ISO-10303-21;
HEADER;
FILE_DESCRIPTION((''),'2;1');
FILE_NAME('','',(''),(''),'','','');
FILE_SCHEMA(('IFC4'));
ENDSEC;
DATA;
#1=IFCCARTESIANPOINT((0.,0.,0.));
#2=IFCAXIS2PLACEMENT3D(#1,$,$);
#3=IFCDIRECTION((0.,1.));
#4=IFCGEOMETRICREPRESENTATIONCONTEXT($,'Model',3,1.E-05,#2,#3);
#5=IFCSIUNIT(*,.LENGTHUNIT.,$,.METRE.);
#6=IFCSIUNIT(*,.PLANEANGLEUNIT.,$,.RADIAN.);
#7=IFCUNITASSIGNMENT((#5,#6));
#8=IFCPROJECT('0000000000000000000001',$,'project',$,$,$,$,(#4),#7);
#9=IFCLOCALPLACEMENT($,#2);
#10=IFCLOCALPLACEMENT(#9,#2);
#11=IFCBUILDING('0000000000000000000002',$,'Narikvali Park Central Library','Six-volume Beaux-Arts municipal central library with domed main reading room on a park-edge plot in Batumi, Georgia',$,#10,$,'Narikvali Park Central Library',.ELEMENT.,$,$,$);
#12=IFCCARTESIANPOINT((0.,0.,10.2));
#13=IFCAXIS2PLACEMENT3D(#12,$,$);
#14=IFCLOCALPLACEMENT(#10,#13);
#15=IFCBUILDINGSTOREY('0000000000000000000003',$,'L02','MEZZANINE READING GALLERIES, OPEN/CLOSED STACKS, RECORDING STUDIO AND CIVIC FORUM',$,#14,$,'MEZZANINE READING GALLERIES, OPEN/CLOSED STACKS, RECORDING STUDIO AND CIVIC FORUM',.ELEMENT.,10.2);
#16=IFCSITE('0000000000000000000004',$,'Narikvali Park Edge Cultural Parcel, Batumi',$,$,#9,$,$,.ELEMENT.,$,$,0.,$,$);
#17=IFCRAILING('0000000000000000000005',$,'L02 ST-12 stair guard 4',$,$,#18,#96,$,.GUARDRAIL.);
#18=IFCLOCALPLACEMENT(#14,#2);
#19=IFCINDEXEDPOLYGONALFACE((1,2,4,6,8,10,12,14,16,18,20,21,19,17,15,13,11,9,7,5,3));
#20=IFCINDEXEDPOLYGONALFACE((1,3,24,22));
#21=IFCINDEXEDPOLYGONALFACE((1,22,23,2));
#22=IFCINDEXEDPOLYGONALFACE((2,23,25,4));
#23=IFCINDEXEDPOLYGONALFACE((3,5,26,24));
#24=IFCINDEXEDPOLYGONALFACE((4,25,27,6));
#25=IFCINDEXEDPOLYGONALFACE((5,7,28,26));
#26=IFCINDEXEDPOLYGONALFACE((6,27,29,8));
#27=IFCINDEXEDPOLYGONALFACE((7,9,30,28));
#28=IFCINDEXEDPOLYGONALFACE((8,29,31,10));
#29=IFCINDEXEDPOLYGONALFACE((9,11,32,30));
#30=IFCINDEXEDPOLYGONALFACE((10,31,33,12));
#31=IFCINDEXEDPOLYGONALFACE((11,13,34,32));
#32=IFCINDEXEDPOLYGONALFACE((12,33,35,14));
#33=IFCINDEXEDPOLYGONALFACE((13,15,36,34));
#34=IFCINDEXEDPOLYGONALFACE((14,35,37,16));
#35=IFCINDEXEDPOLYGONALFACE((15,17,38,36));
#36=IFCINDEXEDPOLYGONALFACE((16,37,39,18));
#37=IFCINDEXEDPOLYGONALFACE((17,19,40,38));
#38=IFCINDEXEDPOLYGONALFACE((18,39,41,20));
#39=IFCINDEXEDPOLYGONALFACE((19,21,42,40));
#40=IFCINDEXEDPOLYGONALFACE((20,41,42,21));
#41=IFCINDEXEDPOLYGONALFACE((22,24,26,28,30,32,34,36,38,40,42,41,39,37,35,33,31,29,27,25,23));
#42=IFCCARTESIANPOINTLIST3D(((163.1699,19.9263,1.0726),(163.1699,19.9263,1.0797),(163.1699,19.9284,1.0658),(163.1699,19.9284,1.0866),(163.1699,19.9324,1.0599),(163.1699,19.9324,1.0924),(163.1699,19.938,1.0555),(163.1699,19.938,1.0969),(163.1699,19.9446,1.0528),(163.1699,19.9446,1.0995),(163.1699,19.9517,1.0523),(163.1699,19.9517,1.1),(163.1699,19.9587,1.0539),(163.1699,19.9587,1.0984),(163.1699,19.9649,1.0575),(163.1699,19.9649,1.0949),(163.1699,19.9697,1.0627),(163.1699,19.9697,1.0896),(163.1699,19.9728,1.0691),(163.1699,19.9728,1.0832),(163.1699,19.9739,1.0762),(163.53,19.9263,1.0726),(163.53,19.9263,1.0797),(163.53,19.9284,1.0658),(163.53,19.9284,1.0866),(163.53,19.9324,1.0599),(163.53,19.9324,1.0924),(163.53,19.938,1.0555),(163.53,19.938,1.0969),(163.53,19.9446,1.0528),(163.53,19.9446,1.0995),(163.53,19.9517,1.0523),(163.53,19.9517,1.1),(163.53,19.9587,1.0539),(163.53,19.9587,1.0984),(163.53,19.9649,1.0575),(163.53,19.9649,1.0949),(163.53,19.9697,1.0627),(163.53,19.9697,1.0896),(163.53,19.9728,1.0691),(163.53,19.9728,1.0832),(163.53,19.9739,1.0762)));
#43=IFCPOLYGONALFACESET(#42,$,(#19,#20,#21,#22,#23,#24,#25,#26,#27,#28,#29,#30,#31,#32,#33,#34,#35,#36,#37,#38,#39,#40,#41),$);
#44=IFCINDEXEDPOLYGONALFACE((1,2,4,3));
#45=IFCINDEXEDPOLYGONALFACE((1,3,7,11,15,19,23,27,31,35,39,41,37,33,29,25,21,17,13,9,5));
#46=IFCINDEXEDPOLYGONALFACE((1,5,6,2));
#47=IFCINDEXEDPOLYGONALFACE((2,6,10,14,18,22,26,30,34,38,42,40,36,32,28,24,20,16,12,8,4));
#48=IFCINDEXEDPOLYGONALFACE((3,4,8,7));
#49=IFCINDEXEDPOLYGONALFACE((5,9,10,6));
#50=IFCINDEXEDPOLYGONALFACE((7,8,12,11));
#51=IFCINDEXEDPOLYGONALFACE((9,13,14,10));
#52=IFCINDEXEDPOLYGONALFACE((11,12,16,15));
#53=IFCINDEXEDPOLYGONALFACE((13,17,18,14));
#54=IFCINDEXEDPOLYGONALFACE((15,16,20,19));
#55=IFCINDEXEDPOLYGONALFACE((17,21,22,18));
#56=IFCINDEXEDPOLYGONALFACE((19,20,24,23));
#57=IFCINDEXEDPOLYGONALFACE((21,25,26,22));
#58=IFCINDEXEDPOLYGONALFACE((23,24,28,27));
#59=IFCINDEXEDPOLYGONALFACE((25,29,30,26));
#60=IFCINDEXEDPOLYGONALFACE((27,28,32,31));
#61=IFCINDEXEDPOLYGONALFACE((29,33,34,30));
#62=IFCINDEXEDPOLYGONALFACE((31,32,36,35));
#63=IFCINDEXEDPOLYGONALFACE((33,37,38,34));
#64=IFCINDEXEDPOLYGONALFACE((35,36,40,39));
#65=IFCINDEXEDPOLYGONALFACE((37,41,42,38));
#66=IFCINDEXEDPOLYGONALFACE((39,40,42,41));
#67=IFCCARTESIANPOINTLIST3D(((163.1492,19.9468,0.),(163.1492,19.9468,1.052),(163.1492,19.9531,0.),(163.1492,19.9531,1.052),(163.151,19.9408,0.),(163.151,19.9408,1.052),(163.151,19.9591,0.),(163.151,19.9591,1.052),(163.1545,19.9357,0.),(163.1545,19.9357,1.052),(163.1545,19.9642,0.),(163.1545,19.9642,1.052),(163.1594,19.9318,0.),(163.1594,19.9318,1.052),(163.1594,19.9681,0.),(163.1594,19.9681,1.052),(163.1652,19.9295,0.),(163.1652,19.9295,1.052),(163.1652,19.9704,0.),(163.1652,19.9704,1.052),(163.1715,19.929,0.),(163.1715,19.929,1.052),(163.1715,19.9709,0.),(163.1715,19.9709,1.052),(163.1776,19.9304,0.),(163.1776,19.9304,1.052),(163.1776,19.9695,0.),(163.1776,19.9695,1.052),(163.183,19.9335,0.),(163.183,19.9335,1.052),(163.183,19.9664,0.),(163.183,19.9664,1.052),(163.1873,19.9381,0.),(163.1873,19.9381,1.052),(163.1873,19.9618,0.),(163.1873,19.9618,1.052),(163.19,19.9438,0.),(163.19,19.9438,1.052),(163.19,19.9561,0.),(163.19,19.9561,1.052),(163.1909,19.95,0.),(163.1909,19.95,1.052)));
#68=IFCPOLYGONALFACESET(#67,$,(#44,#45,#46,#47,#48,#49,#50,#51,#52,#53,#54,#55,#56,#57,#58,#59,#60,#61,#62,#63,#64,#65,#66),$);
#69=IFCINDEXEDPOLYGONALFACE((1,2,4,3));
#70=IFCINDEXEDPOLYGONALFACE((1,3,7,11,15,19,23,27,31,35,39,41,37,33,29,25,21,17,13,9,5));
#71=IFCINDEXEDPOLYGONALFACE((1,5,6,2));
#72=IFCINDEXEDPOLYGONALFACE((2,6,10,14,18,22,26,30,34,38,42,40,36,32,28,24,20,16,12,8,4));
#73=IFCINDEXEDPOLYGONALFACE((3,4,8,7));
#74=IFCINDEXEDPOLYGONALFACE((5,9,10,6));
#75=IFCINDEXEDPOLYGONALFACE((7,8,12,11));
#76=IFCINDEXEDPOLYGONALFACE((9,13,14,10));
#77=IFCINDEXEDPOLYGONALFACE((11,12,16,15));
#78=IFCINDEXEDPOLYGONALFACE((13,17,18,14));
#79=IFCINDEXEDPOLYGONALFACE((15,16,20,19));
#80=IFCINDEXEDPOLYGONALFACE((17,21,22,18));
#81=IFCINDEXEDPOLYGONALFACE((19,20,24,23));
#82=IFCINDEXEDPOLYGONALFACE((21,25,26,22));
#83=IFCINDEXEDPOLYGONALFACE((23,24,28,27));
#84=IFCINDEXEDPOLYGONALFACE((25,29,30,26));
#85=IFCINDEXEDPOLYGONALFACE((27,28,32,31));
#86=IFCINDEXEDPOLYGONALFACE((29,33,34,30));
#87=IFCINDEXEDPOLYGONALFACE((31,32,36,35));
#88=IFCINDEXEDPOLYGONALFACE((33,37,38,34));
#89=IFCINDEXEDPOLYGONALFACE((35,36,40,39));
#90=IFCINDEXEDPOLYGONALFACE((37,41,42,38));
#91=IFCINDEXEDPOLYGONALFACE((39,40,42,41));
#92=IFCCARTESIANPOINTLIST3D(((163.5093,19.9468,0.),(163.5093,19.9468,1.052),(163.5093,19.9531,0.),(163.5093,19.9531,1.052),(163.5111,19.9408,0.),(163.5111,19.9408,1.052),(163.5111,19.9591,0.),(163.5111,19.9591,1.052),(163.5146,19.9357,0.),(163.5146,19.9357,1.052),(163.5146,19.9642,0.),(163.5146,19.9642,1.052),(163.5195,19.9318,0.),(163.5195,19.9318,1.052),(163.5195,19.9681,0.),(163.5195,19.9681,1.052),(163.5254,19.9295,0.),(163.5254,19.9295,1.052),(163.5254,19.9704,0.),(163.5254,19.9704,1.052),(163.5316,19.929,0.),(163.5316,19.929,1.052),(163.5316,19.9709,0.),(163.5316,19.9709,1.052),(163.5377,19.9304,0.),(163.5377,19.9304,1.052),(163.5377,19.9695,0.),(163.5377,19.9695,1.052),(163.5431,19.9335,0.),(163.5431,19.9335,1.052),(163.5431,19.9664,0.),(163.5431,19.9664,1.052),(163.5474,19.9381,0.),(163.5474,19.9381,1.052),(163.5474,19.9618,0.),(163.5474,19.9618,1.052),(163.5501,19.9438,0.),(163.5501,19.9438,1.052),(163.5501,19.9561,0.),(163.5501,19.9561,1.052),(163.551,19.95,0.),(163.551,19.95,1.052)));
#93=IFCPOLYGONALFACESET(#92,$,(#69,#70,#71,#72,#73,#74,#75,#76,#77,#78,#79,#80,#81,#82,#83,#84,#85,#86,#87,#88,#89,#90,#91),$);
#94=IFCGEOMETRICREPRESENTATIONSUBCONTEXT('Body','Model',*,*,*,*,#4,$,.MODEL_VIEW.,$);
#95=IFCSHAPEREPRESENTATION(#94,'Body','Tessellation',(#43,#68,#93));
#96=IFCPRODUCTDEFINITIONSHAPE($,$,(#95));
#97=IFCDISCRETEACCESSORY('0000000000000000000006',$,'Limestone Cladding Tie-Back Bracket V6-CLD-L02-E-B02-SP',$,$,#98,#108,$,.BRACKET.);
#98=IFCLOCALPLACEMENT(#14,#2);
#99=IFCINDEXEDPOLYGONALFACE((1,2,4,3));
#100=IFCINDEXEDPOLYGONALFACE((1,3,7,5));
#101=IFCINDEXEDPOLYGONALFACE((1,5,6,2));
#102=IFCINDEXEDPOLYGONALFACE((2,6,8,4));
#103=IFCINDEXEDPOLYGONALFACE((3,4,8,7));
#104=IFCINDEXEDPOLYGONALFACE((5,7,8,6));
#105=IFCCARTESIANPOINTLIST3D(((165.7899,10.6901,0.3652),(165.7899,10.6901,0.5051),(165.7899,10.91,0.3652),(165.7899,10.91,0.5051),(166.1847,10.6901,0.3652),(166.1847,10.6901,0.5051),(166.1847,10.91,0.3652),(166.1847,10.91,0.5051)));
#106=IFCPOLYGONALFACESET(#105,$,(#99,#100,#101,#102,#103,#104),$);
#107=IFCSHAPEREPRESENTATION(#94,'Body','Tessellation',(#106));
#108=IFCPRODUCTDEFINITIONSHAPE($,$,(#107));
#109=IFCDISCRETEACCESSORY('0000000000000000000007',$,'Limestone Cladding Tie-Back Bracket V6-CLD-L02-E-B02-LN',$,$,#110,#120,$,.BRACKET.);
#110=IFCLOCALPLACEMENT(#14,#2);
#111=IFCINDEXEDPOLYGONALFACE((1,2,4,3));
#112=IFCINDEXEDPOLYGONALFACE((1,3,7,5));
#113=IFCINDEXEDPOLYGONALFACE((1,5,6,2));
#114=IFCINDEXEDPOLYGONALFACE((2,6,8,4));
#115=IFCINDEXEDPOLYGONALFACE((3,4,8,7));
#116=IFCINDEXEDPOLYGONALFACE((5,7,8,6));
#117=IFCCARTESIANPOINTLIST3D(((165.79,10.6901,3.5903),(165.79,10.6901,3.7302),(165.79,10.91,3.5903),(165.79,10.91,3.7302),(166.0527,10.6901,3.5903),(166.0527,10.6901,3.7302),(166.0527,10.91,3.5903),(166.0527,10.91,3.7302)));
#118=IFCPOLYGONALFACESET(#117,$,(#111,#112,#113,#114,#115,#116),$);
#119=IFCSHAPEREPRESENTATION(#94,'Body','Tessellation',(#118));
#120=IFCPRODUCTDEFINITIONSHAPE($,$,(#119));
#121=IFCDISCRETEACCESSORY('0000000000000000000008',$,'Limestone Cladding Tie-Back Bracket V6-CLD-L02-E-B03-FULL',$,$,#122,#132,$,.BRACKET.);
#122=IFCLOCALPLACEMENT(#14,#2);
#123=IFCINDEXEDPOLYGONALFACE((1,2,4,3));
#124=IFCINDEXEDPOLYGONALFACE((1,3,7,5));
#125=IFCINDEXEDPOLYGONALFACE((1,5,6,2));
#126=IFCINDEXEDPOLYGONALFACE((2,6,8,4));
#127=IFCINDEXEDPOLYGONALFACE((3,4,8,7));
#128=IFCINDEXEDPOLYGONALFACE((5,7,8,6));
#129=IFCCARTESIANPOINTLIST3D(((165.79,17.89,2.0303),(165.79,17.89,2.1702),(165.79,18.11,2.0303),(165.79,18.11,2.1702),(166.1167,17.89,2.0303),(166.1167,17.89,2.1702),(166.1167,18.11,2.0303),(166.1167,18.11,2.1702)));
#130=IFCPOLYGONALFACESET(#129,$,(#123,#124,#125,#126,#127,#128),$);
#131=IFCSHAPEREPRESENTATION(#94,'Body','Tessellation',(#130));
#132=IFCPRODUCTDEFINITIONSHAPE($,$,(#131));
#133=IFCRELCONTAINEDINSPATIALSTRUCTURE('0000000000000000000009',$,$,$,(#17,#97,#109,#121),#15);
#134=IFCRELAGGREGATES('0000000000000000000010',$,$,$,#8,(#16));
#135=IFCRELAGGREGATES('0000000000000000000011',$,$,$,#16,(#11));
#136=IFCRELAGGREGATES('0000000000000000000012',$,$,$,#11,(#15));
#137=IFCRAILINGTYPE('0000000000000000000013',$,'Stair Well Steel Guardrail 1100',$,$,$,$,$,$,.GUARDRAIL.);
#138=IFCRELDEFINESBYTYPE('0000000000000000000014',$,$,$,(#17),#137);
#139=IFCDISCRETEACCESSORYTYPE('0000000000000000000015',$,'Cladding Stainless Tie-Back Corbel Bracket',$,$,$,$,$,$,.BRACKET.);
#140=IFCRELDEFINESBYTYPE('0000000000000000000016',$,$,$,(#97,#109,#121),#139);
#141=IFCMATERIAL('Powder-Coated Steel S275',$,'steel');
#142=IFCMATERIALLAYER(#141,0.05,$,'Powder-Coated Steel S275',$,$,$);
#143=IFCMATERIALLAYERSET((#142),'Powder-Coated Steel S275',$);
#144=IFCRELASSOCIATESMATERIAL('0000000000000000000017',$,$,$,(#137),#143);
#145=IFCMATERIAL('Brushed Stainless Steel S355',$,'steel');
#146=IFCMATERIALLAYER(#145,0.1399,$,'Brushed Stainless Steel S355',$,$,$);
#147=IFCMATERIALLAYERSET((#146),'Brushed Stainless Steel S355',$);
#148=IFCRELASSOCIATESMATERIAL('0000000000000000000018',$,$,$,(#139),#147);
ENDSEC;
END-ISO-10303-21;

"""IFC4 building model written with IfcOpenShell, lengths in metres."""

from ifc_helpers import new_model, si_unit, direction, frame, origin, origin_2d, place, context, subcontext, project, spatial, rectangle, circle, extrude, material, layer, layer_set, type_object, element, save


model = new_model("IFC4")

# Units and contexts
model_context = context("Model", 3, precision=1e-05, world=origin(), true_north=direction((0.0, 1.0)))
body_context = subcontext(model_context, "Body", "Model", "MODEL_VIEW")
ifc_project = project(units=[si_unit("LENGTHUNIT", "METRE"), si_unit("PLANEANGLEUNIT", "RADIAN")], contexts=[model_context])

# Site, building, storey
site_placement = place(None, origin())
site = spatial("IfcSite", under=ifc_project, at=site_placement, Name="Narikvali Park Edge Cultural Parcel, Batumi", CompositionType="ELEMENT", RefElevation=0.0)
building_placement = place(site_placement, origin())
building = spatial("IfcBuilding", under=site, at=building_placement, Name="Narikvali Park Central Library", Description="Six-volume Beaux-Arts municipal central library with domed main reading room on a park-edge plot in Batumi, Georgia", LongName="Narikvali Park Central Library", CompositionType="ELEMENT")
storey_placement = place(building_placement, frame((0.0, 0.0, 10.2)))
storey = spatial("IfcBuildingStorey", under=building, at=storey_placement, Name="L02", Description="MEZZANINE READING GALLERIES, OPEN/CLOSED STACKS, RECORDING STUDIO AND CIVIC FORUM", LongName="MEZZANINE READING GALLERIES, OPEN/CLOSED STACKS, RECORDING STUDIO AND CIVIC FORUM", CompositionType="ELEMENT", Elevation=10.2)

# Railing
ifc_material_1 = material(Name="Brushed Stainless Steel S355", Category="steel")
ifc_material_2 = material(Name="Powder-Coated Steel S275", Category="steel")
ifc_layer_1 = layer(ifc_material_2, 0.05, Name="Powder-Coated Steel S275")
ifc_layer_set_1 = layer_set([ifc_layer_1], Name="Powder-Coated Steel S275")
railing_type_1 = type_object("IfcRailingType", Name="Stair Well Steel Guardrail 1100", PredefinedType="GUARDRAIL", material=ifc_layer_set_1)
railing_1_placement = place(storey_placement, frame((163.1699, 19.95, 0.0)))
element("IfcRailing", 1, at=railing_1_placement, inside=storey, type_object=railing_type_1, Name="L02 ST-12 stair guard 4", PredefinedType="GUARDRAIL", context=body_context, shape_type="SweptSolid", body=[
    extrude(circle(Radius=0.0239, at=origin_2d()), frame((0.0, 0.0, 1.0762), z_axis=(1.0, 0.0, 0.0), x_axis=(0.0, 1.0, 0.0)), (0.0, 0.0, 1.0), 0.3601),
    extrude(circle(Radius=0.021, at=origin_2d()), origin(), (0.0, 0.0, 1.0), 1.052),
    extrude(circle(Radius=0.021, at=origin_2d()), frame((0.3601, 0.0, 0.0)), (0.0, 0.0, 1.0), 1.052),
])

# Discrete accessories
ifc_layer_2 = layer(ifc_material_1, 0.1399, Name="Brushed Stainless Steel S355")
ifc_layer_set_2 = layer_set([ifc_layer_2], Name="Brushed Stainless Steel S355")
discrete_accessory_type = type_object("IfcDiscreteAccessoryType", Name="Cladding Stainless Tie-Back Corbel Bracket", PredefinedType="BRACKET", material=ifc_layer_set_2)
discrete_accessory_1_placement = place(storey_placement, frame((165.9873, 10.8, 0.3652), z_axis=(0.0, 0.0, 1.0), x_axis=(1.0, 0.0, 0.0)))
element("IfcDiscreteAccessory", 2, at=discrete_accessory_1_placement, inside=storey, type_object=discrete_accessory_type, Name="Limestone Cladding Tie-Back Bracket V6-CLD-L02-E-B02-SP", PredefinedType="BRACKET", context=body_context, shape_type="SweptSolid", body=[
    extrude(rectangle(XDim=0.3948, YDim=0.22, at=origin_2d()), origin(), (0.0, 0.0, 1.0), 0.1399),
])
discrete_accessory_2_placement = place(storey_placement, frame((165.9214, 10.8, 3.5903), z_axis=(0.0, 0.0, 1.0), x_axis=(1.0, 0.0, 0.0)))
element("IfcDiscreteAccessory", 3, at=discrete_accessory_2_placement, inside=storey, type_object=discrete_accessory_type, Name="Limestone Cladding Tie-Back Bracket V6-CLD-L02-E-B02-LN", PredefinedType="BRACKET", context=body_context, shape_type="SweptSolid", body=[
    extrude(rectangle(XDim=0.2627, YDim=0.22, at=origin_2d()), origin(), (0.0, 0.0, 1.0), 0.1399),
])
discrete_accessory_3_placement = place(storey_placement, frame((165.9534, 18.0, 2.0303), z_axis=(0.0, 0.0, 1.0), x_axis=(1.0, 0.0, 0.0)))
element("IfcDiscreteAccessory", 4, at=discrete_accessory_3_placement, inside=storey, type_object=discrete_accessory_type, Name="Limestone Cladding Tie-Back Bracket V6-CLD-L02-E-B03-FULL", PredefinedType="BRACKET", context=body_context, shape_type="SweptSolid", body=[
    extrude(rectangle(XDim=0.3267, YDim=0.22, at=origin_2d()), origin(), (0.0, 0.0, 1.0), 0.1399),
])

save(model, "model.ifc")
